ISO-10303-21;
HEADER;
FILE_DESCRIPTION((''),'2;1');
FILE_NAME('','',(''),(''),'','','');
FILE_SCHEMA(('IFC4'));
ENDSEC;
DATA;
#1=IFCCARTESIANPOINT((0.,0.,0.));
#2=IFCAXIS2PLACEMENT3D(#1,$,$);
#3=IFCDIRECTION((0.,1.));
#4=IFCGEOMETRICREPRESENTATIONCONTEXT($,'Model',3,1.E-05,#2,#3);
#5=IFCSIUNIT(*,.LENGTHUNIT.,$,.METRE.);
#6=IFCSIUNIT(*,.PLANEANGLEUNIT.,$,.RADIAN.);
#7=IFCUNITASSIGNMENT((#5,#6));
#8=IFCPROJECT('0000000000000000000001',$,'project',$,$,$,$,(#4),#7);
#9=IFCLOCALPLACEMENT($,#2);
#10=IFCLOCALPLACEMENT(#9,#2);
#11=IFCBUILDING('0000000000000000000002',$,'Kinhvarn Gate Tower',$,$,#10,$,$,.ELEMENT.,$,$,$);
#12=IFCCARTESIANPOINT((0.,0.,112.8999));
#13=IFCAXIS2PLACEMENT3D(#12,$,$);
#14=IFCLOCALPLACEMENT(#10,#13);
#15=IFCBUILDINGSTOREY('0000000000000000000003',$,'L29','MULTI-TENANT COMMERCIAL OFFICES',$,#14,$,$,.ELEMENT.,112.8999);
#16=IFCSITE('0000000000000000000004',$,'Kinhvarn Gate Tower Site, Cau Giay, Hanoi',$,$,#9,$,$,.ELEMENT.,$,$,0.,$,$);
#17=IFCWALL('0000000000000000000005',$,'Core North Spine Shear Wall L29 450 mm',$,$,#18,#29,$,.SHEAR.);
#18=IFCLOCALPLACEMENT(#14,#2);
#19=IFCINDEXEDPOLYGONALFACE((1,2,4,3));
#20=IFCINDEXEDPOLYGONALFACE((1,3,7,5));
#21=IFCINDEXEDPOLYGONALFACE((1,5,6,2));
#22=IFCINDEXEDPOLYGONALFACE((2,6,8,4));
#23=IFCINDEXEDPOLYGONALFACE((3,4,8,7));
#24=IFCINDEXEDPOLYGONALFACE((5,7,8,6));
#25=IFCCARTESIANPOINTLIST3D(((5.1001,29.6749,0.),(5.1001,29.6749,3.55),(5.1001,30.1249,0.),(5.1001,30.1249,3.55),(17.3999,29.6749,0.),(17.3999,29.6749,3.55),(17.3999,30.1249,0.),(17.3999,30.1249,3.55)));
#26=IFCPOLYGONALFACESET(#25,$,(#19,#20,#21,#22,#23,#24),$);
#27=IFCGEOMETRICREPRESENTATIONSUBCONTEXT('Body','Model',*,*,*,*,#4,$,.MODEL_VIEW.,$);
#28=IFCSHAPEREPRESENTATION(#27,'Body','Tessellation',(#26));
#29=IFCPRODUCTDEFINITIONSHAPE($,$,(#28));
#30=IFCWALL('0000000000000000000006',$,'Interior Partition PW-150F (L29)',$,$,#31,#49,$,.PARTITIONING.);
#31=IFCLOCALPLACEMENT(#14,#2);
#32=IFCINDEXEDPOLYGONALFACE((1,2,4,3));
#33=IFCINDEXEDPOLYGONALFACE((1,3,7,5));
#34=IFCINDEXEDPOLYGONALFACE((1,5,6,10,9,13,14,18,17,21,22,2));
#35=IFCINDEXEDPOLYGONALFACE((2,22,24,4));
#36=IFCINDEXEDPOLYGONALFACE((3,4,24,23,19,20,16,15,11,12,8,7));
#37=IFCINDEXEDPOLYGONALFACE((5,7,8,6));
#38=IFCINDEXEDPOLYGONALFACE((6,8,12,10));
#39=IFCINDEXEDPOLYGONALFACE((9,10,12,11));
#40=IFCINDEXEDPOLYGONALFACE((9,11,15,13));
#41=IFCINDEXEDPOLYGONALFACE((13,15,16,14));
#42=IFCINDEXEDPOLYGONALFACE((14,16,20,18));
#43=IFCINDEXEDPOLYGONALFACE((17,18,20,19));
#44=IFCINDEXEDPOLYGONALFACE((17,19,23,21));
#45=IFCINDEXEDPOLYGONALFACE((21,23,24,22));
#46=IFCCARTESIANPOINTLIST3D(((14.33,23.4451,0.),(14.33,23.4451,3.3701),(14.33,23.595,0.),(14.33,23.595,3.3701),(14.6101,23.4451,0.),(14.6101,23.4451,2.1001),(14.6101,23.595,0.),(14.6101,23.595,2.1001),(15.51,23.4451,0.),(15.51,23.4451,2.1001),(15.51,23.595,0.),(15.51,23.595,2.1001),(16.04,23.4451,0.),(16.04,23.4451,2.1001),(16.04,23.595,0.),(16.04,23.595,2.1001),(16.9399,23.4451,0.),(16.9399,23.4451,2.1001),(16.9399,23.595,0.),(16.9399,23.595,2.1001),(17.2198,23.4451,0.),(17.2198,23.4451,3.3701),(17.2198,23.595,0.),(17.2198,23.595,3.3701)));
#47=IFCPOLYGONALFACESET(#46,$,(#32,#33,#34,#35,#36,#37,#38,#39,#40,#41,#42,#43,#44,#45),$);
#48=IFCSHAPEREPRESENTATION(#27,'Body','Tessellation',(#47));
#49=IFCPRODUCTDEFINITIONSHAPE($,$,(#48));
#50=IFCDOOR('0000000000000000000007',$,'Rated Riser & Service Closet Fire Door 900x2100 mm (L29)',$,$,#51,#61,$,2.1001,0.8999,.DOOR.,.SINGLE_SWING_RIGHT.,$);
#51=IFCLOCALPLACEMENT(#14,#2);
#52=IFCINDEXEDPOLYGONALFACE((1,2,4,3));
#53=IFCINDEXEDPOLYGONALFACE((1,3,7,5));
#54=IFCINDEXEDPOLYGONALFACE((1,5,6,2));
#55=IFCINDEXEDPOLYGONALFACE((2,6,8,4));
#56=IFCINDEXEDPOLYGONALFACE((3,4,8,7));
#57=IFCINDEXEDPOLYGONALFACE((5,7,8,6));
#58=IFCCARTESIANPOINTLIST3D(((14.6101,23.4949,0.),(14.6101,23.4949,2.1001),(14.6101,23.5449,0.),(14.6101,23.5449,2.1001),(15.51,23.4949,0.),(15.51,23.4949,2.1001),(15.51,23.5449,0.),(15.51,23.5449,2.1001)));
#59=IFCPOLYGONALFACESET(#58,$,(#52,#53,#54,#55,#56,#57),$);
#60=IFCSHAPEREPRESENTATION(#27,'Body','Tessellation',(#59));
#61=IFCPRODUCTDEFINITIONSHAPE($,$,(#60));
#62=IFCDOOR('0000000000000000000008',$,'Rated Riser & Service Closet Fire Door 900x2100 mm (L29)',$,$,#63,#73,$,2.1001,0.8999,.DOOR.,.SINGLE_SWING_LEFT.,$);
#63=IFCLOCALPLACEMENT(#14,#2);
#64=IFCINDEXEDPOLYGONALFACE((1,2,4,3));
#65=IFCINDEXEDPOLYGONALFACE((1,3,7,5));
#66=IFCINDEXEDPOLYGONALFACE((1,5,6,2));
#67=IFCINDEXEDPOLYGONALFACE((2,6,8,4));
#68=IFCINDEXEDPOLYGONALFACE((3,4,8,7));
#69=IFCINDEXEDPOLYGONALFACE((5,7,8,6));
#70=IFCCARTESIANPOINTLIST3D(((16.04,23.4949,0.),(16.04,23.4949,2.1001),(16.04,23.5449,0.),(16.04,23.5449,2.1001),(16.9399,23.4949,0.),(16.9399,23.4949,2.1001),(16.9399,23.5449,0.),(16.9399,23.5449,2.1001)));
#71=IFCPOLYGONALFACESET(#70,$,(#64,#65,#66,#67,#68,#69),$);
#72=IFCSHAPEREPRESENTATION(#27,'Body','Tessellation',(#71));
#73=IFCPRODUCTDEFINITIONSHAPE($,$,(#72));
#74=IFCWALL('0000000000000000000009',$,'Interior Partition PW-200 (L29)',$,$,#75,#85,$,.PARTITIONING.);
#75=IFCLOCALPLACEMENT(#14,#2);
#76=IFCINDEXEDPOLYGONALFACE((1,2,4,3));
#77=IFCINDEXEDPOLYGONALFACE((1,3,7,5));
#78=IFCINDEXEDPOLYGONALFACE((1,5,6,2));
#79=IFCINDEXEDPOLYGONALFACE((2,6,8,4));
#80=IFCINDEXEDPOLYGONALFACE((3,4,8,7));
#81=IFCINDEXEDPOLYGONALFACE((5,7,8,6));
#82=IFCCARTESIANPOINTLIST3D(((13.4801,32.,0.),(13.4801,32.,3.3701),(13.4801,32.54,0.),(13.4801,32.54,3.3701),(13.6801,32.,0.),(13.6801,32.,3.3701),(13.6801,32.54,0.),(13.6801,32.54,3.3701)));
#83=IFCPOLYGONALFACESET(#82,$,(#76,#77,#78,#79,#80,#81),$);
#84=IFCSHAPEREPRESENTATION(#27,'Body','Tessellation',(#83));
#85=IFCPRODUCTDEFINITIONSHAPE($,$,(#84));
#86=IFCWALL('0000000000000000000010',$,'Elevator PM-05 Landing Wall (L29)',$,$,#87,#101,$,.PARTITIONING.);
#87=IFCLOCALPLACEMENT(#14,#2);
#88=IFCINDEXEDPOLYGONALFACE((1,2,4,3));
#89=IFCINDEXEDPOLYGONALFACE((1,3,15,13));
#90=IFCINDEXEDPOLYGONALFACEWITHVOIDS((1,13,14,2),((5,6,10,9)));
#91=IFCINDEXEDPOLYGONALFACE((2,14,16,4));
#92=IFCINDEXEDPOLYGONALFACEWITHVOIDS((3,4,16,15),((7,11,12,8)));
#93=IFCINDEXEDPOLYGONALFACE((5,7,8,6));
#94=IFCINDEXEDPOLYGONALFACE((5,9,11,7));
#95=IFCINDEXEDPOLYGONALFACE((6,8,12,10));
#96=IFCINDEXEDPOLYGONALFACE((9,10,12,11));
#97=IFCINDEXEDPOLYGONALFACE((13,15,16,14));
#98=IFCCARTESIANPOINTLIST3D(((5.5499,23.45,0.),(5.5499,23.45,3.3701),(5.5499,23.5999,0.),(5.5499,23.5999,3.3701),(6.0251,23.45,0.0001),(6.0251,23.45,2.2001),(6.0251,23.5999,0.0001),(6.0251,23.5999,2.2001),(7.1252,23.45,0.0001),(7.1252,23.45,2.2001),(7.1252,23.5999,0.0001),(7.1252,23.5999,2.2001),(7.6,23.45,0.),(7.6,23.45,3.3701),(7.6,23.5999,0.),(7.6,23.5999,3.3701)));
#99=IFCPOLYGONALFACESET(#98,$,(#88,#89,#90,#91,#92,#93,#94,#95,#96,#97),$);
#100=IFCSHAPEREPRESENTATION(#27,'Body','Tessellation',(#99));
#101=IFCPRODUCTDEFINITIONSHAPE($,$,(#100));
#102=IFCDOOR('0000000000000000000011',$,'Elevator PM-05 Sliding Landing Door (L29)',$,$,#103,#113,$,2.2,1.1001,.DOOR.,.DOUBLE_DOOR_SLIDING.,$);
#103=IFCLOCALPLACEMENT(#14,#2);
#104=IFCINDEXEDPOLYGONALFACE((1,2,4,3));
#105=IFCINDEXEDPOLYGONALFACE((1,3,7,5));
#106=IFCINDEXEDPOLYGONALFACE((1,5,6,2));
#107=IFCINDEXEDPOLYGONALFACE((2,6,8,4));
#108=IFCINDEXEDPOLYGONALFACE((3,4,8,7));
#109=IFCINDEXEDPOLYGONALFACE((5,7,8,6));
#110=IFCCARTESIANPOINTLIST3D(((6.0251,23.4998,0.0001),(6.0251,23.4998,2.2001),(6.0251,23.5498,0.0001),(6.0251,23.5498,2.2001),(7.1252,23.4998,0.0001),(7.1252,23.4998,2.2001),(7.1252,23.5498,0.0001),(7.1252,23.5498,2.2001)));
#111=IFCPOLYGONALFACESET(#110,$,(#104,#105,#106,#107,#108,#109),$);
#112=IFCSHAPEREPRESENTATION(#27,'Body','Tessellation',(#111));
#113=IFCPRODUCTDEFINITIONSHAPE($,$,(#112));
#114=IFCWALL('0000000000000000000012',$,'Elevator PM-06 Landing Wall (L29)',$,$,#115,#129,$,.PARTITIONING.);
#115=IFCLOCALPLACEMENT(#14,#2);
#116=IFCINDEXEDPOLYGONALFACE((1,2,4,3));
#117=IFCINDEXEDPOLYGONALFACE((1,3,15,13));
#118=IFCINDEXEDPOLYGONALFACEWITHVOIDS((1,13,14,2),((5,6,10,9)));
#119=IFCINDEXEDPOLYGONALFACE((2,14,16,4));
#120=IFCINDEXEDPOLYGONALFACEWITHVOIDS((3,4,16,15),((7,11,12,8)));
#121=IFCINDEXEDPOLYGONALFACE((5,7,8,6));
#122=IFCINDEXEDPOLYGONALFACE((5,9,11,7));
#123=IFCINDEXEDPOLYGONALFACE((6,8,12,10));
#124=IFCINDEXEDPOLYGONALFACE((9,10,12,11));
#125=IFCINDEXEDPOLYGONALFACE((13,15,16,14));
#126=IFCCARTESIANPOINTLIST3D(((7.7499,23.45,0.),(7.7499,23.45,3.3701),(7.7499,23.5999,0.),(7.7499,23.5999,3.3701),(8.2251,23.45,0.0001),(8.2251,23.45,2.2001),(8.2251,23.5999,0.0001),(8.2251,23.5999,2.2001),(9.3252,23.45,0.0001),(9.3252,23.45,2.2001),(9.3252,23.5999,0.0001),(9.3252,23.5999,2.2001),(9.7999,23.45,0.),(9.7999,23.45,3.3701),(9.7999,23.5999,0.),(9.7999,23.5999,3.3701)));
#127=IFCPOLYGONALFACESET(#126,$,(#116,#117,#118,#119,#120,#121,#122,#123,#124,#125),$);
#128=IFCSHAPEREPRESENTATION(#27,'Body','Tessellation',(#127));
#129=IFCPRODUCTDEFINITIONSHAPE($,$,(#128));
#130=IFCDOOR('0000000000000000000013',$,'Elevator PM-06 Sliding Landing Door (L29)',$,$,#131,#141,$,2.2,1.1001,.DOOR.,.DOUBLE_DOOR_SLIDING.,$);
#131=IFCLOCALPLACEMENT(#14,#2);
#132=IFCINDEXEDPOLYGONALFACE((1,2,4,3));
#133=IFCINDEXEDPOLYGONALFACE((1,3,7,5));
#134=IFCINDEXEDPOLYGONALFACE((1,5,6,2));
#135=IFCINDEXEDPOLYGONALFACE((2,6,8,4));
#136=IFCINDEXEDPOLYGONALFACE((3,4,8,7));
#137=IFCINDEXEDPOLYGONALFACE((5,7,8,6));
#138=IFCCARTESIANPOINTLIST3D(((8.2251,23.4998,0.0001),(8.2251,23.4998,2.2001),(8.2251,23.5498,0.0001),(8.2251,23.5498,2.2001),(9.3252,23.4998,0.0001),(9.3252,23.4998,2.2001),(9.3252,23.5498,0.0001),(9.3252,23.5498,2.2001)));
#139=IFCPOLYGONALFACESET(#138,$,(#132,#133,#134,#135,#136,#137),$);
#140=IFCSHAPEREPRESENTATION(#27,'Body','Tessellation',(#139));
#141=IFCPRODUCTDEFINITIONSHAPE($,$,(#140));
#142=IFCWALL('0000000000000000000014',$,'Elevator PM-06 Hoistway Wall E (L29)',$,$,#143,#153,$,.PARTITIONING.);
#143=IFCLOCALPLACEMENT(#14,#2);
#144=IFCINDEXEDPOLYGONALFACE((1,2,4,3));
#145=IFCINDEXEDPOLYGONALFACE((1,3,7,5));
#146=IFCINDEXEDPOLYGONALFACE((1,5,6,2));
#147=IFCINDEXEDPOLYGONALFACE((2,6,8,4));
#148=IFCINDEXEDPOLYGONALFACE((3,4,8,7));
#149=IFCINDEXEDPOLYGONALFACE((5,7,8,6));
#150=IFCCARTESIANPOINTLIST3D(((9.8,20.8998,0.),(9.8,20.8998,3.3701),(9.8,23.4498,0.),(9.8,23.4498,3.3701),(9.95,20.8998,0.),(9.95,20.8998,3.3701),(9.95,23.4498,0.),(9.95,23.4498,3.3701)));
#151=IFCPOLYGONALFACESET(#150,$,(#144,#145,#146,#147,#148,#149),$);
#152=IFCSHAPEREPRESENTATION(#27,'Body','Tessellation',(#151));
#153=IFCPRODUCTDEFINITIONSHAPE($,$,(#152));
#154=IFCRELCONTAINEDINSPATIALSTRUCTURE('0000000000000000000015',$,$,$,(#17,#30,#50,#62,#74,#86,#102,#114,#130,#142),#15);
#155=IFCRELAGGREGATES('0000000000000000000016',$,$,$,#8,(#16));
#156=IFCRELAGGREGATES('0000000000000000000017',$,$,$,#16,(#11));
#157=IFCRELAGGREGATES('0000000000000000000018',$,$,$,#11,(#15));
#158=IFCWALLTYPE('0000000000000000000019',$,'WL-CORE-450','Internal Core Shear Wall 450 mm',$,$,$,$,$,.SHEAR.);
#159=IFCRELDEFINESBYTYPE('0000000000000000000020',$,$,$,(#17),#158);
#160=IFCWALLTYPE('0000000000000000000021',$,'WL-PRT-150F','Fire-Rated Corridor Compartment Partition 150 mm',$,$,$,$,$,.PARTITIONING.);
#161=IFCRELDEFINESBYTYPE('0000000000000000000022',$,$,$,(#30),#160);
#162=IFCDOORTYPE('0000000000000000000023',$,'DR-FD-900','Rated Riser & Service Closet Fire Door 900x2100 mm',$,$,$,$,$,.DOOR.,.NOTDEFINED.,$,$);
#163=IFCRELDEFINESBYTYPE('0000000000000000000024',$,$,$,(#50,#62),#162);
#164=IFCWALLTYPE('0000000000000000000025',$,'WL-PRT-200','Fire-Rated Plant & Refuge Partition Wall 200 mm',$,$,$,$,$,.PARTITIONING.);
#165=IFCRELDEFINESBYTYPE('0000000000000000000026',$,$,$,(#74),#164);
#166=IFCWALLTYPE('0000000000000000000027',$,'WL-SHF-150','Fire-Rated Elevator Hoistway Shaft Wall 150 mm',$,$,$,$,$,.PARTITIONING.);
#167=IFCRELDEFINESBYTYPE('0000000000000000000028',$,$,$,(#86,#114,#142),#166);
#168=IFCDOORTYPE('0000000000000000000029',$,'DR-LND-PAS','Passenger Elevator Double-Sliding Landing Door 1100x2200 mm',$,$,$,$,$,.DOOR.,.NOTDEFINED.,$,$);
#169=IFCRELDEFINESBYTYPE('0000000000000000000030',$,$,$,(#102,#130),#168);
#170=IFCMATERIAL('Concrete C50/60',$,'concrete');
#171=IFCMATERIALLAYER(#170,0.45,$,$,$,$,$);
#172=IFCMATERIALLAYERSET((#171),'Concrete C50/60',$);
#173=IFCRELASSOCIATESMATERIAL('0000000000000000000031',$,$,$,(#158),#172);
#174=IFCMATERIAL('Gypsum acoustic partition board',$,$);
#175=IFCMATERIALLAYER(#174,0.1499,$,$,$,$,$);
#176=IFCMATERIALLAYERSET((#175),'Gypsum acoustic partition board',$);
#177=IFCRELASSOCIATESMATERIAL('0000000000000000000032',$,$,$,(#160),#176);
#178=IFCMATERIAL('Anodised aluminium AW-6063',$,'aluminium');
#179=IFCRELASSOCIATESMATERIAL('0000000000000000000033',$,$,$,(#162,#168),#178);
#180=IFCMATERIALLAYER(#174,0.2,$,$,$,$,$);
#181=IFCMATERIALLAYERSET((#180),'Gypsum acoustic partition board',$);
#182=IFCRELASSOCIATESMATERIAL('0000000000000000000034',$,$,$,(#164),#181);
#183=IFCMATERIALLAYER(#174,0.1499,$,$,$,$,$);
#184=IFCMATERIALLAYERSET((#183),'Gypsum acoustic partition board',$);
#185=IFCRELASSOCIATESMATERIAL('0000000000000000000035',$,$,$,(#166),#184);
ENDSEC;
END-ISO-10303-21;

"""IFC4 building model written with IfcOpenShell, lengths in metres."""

from ifc_helpers import new_model, si_unit, direction, frame, frame_2d, origin, place, context, subcontext, project, spatial, rectangle, extrude, material, layer, layer_set, type_object, element, fill, save


model = new_model("IFC4")

# Units and contexts
model_context = context("Model", 3, precision=1e-05, world=origin(), true_north=direction((0.0, 1.0)))
body_context = subcontext(model_context, "Body", "Model", "MODEL_VIEW")
ifc_project = project(units=[si_unit("LENGTHUNIT", "METRE"), si_unit("PLANEANGLEUNIT", "RADIAN")], contexts=[model_context])

# Site, building, storey
site_placement = place(None, origin())
site = spatial("IfcSite", under=ifc_project, at=site_placement, Name="Kinhvarn Gate Tower Site, Cau Giay, Hanoi", CompositionType="ELEMENT", RefElevation=0.0)
building_placement = place(site_placement, origin())
building = spatial("IfcBuilding", under=site, at=building_placement, Name="Kinhvarn Gate Tower", CompositionType="ELEMENT")
storey_placement = place(building_placement, frame((0.0, 0.0, 112.8999)))
storey = spatial("IfcBuildingStorey", under=building, at=storey_placement, Name="L29", Description="MULTI-TENANT COMMERCIAL OFFICES", CompositionType="ELEMENT", Elevation=112.8999)

# Wall
ifc_material_1 = material(Name="Concrete C50/60", Category="concrete")
ifc_layer_1 = layer(ifc_material_1, 0.45)
ifc_layer_set_1 = layer_set([ifc_layer_1], Name="Concrete C50/60")
wall_type_1 = type_object("IfcWallType", Name="WL-CORE-450", Description="Internal Core Shear Wall 450 mm", PredefinedType="SHEAR", material=ifc_layer_set_1)
wall_1_placement = place(storey_placement, frame((5.1001, 29.8999, 0.0), z_axis=(0.0, 0.0, 1.0), x_axis=(1.0, 0.0, 0.0)))
element("IfcWall", 1, at=wall_1_placement, inside=storey, type_object=wall_type_1, Name="Core North Spine Shear Wall L29 450 mm", PredefinedType="SHEAR", context=body_context, shape_type="SweptSolid", body=[
    extrude(rectangle(XDim=12.2998, YDim=0.45, at=frame_2d((6.1499, 0.0))), origin(), (0.0, 0.0, 1.0), 3.55),
])

# Wall, openings, doors
ifc_material_2 = material(Name="Gypsum acoustic partition board")
ifc_layer_2 = layer(ifc_material_2, 0.1499)
ifc_layer_set_2 = layer_set([ifc_layer_2], Name="Gypsum acoustic partition board")
wall_type_2 = type_object("IfcWallType", Name="WL-PRT-150F", Description="Fire-Rated Corridor Compartment Partition 150 mm", PredefinedType="PARTITIONING", material=ifc_layer_set_2)
wall_2_placement = place(storey_placement, frame((14.3301, 23.52, 0.0), z_axis=(0.0, 0.0, 1.0), x_axis=(1.0, 0.0, 0.0)))
wall_2 = element("IfcWall", 2, at=wall_2_placement, inside=storey, type_object=wall_type_2, Name="Interior Partition PW-150F (L29)", PredefinedType="PARTITIONING", context=body_context, shape_type="SweptSolid", body=[
    extrude(rectangle(XDim=2.8899, YDim=0.1499, at=frame_2d((1.4448, 0.0))), origin(), (0.0, 0.0, 1.0), 3.3701),
])
opening_1_placement = place(wall_2_placement, frame((0.28, 0.0, 0.0)))
opening_1 = element("IfcOpeningElement", 3, at=opening_1_placement, cuts=wall_2, PredefinedType="OPENING", context=body_context, shape_type="SweptSolid", body=[
    extrude(rectangle(XDim=0.8999, YDim=2.1001, at=frame_2d((0.45, 1.05))), frame((0.0, 0.085, 0.0), z_axis=(0.0, -1.0, 0.0), x_axis=(1.0, 0.0, 0.0)), (0.0, 0.0, 1.0), 0.1699),
])
opening_2_placement = place(wall_2_placement, frame((1.71, 0.0, 0.0)))
opening_2 = element("IfcOpeningElement", 4, at=opening_2_placement, cuts=wall_2, PredefinedType="OPENING", context=body_context, shape_type="SweptSolid", body=[
    extrude(rectangle(XDim=0.8999, YDim=2.1001, at=frame_2d((0.45, 1.05))), frame((0.0, 0.085, 0.0), z_axis=(0.0, -1.0, 0.0), x_axis=(1.0, 0.0, 0.0)), (0.0, 0.0, 1.0), 0.1699),
])
ifc_material_3 = material(Name="Anodised aluminium AW-6063", Category="aluminium")
door_type_1 = type_object("IfcDoorType", Name="DR-FD-900", Description="Rated Riser & Service Closet Fire Door 900x2100 mm", OperationType="NOTDEFINED", PredefinedType="DOOR", material=ifc_material_3)
door_1_placement = place(opening_1_placement, origin())
door_1 = element("IfcDoor", 5, at=door_1_placement, inside=storey, type_object=door_type_1, Name="Rated Riser & Service Closet Fire Door 900x2100 mm (L29)", OperationType="SINGLE_SWING_RIGHT", OverallHeight=2.1001, OverallWidth=0.8999, PredefinedType="DOOR", context=body_context, shape_type="SweptSolid", body=[
    extrude(rectangle(XDim=0.8999, YDim=2.1001, at=frame_2d((0.45, 1.05))), frame((0.0, 0.0249, 0.0), z_axis=(0.0, -1.0, 0.0), x_axis=(1.0, 0.0, 0.0)), (0.0, 0.0, 1.0), 0.05),
])
fill(opening_1, door_1)
door_2_placement = place(opening_2_placement, origin())
door_2 = element("IfcDoor", 6, at=door_2_placement, inside=storey, type_object=door_type_1, Name="Rated Riser & Service Closet Fire Door 900x2100 mm (L29)", OperationType="SINGLE_SWING_LEFT", OverallHeight=2.1001, OverallWidth=0.8999, PredefinedType="DOOR", context=body_context, shape_type="SweptSolid", body=[
    extrude(rectangle(XDim=0.8999, YDim=2.1001, at=frame_2d((0.45, 1.05))), frame((0.0, 0.0249, 0.0), z_axis=(0.0, -1.0, 0.0), x_axis=(1.0, 0.0, 0.0)), (0.0, 0.0, 1.0), 0.05),
])
fill(opening_2, door_2)

# Wall
ifc_layer_3 = layer(ifc_material_2, 0.2)
ifc_layer_set_3 = layer_set([ifc_layer_3], Name="Gypsum acoustic partition board")
wall_type_3 = type_object("IfcWallType", Name="WL-PRT-200", Description="Fire-Rated Plant & Refuge Partition Wall 200 mm", PredefinedType="PARTITIONING", material=ifc_layer_set_3)
wall_3_placement = place(storey_placement, frame((13.5801, 32.0, 0.0), z_axis=(0.0, 0.0, 1.0), x_axis=(0.0, 1.0, 0.0)))
element("IfcWall", 7, at=wall_3_placement, inside=storey, type_object=wall_type_3, Name="Interior Partition PW-200 (L29)", PredefinedType="PARTITIONING", context=body_context, shape_type="SweptSolid", body=[
    extrude(rectangle(XDim=0.54, YDim=0.2, at=frame_2d((0.27, 0.0))), origin(), (0.0, 0.0, 1.0), 3.3701),
])

# Walls, openings, doors
ifc_layer_4 = layer(ifc_material_2, 0.1499)
ifc_layer_set_4 = layer_set([ifc_layer_4], Name="Gypsum acoustic partition board")
wall_type_4 = type_object("IfcWallType", Name="WL-SHF-150", Description="Fire-Rated Elevator Hoistway Shaft Wall 150 mm", PredefinedType="PARTITIONING", material=ifc_layer_set_4)
wall_4_placement = place(storey_placement, frame((5.55, 23.5249, 0.0), z_axis=(0.0, 0.0, 1.0), x_axis=(1.0, 0.0, 0.0)))
wall_4 = element("IfcWall", 8, at=wall_4_placement, inside=storey, type_object=wall_type_4, Name="Elevator PM-05 Landing Wall (L29)", PredefinedType="PARTITIONING", context=body_context, shape_type="SweptSolid", body=[
    extrude(rectangle(XDim=2.05, YDim=0.1499, at=frame_2d((1.0249, 0.0))), origin(), (0.0, 0.0, 1.0), 3.3701),
])
opening_3_placement = place(wall_4_placement, frame((0.4751, 0.0, 0.0)))
opening_3 = element("IfcOpeningElement", 9, at=opening_3_placement, cuts=wall_4, PredefinedType="OPENING", context=body_context, shape_type="SweptSolid", body=[
    extrude(rectangle(XDim=1.1001, YDim=2.2, at=frame_2d((0.55, 1.1001))), frame((0.0, 0.085, 0.0), z_axis=(0.0, -1.0, 0.0), x_axis=(1.0, 0.0, 0.0)), (0.0, 0.0, 1.0), 0.1699),
])
door_type_2 = type_object("IfcDoorType", Name="DR-LND-PAS", Description="Passenger Elevator Double-Sliding Landing Door 1100x2200 mm", OperationType="NOTDEFINED", PredefinedType="DOOR", material=ifc_material_3)
door_3_placement = place(opening_3_placement, origin())
door_3 = element("IfcDoor", 10, at=door_3_placement, inside=storey, type_object=door_type_2, Name="Elevator PM-05 Sliding Landing Door (L29)", OperationType="DOUBLE_DOOR_SLIDING", OverallHeight=2.2, OverallWidth=1.1001, PredefinedType="DOOR", context=body_context, shape_type="SweptSolid", body=[
    extrude(rectangle(XDim=1.1001, YDim=2.2, at=frame_2d((0.55, 1.1001))), frame((0.0, 0.0249, 0.0), z_axis=(0.0, -1.0, 0.0), x_axis=(1.0, 0.0, 0.0)), (0.0, 0.0, 1.0), 0.05),
])
fill(opening_3, door_3)
wall_5_placement = place(storey_placement, frame((7.75, 23.5249, 0.0), z_axis=(0.0, 0.0, 1.0), x_axis=(1.0, 0.0, 0.0)))
wall_5 = element("IfcWall", 11, at=wall_5_placement, inside=storey, type_object=wall_type_4, Name="Elevator PM-06 Landing Wall (L29)", PredefinedType="PARTITIONING", context=body_context, shape_type="SweptSolid", body=[
    extrude(rectangle(XDim=2.05, YDim=0.1499, at=frame_2d((1.0249, 0.0))), origin(), (0.0, 0.0, 1.0), 3.3701),
])
opening_4_placement = place(wall_5_placement, frame((0.4751, 0.0, 0.0)))
opening_4 = element("IfcOpeningElement", 12, at=opening_4_placement, cuts=wall_5, PredefinedType="OPENING", context=body_context, shape_type="SweptSolid", body=[
    extrude(rectangle(XDim=1.1001, YDim=2.2, at=frame_2d((0.55, 1.1001))), frame((0.0, 0.085, 0.0), z_axis=(0.0, -1.0, 0.0), x_axis=(1.0, 0.0, 0.0)), (0.0, 0.0, 1.0), 0.1699),
])
door_4_placement = place(opening_4_placement, origin())
door_4 = element("IfcDoor", 13, at=door_4_placement, inside=storey, type_object=door_type_2, Name="Elevator PM-06 Sliding Landing Door (L29)", OperationType="DOUBLE_DOOR_SLIDING", OverallHeight=2.2, OverallWidth=1.1001, PredefinedType="DOOR", context=body_context, shape_type="SweptSolid", body=[
    extrude(rectangle(XDim=1.1001, YDim=2.2, at=frame_2d((0.55, 1.1001))), frame((0.0, 0.0249, 0.0), z_axis=(0.0, -1.0, 0.0), x_axis=(1.0, 0.0, 0.0)), (0.0, 0.0, 1.0), 0.05),
])
fill(opening_4, door_4)

# Wall
wall_6_placement = place(storey_placement, frame((9.875, 20.8999, 0.0), z_axis=(0.0, 0.0, 1.0), x_axis=(0.0, 1.0, 0.0)))
element("IfcWall", 14, at=wall_6_placement, inside=storey, type_object=wall_type_4, Name="Elevator PM-06 Hoistway Wall E (L29)", PredefinedType="PARTITIONING", context=body_context, shape_type="SweptSolid", body=[
    extrude(rectangle(XDim=2.55, YDim=0.1499, at=frame_2d((1.2749, 0.0))), origin(), (0.0, 0.0, 1.0), 3.3701),
])

save(model, "model.ifc")
